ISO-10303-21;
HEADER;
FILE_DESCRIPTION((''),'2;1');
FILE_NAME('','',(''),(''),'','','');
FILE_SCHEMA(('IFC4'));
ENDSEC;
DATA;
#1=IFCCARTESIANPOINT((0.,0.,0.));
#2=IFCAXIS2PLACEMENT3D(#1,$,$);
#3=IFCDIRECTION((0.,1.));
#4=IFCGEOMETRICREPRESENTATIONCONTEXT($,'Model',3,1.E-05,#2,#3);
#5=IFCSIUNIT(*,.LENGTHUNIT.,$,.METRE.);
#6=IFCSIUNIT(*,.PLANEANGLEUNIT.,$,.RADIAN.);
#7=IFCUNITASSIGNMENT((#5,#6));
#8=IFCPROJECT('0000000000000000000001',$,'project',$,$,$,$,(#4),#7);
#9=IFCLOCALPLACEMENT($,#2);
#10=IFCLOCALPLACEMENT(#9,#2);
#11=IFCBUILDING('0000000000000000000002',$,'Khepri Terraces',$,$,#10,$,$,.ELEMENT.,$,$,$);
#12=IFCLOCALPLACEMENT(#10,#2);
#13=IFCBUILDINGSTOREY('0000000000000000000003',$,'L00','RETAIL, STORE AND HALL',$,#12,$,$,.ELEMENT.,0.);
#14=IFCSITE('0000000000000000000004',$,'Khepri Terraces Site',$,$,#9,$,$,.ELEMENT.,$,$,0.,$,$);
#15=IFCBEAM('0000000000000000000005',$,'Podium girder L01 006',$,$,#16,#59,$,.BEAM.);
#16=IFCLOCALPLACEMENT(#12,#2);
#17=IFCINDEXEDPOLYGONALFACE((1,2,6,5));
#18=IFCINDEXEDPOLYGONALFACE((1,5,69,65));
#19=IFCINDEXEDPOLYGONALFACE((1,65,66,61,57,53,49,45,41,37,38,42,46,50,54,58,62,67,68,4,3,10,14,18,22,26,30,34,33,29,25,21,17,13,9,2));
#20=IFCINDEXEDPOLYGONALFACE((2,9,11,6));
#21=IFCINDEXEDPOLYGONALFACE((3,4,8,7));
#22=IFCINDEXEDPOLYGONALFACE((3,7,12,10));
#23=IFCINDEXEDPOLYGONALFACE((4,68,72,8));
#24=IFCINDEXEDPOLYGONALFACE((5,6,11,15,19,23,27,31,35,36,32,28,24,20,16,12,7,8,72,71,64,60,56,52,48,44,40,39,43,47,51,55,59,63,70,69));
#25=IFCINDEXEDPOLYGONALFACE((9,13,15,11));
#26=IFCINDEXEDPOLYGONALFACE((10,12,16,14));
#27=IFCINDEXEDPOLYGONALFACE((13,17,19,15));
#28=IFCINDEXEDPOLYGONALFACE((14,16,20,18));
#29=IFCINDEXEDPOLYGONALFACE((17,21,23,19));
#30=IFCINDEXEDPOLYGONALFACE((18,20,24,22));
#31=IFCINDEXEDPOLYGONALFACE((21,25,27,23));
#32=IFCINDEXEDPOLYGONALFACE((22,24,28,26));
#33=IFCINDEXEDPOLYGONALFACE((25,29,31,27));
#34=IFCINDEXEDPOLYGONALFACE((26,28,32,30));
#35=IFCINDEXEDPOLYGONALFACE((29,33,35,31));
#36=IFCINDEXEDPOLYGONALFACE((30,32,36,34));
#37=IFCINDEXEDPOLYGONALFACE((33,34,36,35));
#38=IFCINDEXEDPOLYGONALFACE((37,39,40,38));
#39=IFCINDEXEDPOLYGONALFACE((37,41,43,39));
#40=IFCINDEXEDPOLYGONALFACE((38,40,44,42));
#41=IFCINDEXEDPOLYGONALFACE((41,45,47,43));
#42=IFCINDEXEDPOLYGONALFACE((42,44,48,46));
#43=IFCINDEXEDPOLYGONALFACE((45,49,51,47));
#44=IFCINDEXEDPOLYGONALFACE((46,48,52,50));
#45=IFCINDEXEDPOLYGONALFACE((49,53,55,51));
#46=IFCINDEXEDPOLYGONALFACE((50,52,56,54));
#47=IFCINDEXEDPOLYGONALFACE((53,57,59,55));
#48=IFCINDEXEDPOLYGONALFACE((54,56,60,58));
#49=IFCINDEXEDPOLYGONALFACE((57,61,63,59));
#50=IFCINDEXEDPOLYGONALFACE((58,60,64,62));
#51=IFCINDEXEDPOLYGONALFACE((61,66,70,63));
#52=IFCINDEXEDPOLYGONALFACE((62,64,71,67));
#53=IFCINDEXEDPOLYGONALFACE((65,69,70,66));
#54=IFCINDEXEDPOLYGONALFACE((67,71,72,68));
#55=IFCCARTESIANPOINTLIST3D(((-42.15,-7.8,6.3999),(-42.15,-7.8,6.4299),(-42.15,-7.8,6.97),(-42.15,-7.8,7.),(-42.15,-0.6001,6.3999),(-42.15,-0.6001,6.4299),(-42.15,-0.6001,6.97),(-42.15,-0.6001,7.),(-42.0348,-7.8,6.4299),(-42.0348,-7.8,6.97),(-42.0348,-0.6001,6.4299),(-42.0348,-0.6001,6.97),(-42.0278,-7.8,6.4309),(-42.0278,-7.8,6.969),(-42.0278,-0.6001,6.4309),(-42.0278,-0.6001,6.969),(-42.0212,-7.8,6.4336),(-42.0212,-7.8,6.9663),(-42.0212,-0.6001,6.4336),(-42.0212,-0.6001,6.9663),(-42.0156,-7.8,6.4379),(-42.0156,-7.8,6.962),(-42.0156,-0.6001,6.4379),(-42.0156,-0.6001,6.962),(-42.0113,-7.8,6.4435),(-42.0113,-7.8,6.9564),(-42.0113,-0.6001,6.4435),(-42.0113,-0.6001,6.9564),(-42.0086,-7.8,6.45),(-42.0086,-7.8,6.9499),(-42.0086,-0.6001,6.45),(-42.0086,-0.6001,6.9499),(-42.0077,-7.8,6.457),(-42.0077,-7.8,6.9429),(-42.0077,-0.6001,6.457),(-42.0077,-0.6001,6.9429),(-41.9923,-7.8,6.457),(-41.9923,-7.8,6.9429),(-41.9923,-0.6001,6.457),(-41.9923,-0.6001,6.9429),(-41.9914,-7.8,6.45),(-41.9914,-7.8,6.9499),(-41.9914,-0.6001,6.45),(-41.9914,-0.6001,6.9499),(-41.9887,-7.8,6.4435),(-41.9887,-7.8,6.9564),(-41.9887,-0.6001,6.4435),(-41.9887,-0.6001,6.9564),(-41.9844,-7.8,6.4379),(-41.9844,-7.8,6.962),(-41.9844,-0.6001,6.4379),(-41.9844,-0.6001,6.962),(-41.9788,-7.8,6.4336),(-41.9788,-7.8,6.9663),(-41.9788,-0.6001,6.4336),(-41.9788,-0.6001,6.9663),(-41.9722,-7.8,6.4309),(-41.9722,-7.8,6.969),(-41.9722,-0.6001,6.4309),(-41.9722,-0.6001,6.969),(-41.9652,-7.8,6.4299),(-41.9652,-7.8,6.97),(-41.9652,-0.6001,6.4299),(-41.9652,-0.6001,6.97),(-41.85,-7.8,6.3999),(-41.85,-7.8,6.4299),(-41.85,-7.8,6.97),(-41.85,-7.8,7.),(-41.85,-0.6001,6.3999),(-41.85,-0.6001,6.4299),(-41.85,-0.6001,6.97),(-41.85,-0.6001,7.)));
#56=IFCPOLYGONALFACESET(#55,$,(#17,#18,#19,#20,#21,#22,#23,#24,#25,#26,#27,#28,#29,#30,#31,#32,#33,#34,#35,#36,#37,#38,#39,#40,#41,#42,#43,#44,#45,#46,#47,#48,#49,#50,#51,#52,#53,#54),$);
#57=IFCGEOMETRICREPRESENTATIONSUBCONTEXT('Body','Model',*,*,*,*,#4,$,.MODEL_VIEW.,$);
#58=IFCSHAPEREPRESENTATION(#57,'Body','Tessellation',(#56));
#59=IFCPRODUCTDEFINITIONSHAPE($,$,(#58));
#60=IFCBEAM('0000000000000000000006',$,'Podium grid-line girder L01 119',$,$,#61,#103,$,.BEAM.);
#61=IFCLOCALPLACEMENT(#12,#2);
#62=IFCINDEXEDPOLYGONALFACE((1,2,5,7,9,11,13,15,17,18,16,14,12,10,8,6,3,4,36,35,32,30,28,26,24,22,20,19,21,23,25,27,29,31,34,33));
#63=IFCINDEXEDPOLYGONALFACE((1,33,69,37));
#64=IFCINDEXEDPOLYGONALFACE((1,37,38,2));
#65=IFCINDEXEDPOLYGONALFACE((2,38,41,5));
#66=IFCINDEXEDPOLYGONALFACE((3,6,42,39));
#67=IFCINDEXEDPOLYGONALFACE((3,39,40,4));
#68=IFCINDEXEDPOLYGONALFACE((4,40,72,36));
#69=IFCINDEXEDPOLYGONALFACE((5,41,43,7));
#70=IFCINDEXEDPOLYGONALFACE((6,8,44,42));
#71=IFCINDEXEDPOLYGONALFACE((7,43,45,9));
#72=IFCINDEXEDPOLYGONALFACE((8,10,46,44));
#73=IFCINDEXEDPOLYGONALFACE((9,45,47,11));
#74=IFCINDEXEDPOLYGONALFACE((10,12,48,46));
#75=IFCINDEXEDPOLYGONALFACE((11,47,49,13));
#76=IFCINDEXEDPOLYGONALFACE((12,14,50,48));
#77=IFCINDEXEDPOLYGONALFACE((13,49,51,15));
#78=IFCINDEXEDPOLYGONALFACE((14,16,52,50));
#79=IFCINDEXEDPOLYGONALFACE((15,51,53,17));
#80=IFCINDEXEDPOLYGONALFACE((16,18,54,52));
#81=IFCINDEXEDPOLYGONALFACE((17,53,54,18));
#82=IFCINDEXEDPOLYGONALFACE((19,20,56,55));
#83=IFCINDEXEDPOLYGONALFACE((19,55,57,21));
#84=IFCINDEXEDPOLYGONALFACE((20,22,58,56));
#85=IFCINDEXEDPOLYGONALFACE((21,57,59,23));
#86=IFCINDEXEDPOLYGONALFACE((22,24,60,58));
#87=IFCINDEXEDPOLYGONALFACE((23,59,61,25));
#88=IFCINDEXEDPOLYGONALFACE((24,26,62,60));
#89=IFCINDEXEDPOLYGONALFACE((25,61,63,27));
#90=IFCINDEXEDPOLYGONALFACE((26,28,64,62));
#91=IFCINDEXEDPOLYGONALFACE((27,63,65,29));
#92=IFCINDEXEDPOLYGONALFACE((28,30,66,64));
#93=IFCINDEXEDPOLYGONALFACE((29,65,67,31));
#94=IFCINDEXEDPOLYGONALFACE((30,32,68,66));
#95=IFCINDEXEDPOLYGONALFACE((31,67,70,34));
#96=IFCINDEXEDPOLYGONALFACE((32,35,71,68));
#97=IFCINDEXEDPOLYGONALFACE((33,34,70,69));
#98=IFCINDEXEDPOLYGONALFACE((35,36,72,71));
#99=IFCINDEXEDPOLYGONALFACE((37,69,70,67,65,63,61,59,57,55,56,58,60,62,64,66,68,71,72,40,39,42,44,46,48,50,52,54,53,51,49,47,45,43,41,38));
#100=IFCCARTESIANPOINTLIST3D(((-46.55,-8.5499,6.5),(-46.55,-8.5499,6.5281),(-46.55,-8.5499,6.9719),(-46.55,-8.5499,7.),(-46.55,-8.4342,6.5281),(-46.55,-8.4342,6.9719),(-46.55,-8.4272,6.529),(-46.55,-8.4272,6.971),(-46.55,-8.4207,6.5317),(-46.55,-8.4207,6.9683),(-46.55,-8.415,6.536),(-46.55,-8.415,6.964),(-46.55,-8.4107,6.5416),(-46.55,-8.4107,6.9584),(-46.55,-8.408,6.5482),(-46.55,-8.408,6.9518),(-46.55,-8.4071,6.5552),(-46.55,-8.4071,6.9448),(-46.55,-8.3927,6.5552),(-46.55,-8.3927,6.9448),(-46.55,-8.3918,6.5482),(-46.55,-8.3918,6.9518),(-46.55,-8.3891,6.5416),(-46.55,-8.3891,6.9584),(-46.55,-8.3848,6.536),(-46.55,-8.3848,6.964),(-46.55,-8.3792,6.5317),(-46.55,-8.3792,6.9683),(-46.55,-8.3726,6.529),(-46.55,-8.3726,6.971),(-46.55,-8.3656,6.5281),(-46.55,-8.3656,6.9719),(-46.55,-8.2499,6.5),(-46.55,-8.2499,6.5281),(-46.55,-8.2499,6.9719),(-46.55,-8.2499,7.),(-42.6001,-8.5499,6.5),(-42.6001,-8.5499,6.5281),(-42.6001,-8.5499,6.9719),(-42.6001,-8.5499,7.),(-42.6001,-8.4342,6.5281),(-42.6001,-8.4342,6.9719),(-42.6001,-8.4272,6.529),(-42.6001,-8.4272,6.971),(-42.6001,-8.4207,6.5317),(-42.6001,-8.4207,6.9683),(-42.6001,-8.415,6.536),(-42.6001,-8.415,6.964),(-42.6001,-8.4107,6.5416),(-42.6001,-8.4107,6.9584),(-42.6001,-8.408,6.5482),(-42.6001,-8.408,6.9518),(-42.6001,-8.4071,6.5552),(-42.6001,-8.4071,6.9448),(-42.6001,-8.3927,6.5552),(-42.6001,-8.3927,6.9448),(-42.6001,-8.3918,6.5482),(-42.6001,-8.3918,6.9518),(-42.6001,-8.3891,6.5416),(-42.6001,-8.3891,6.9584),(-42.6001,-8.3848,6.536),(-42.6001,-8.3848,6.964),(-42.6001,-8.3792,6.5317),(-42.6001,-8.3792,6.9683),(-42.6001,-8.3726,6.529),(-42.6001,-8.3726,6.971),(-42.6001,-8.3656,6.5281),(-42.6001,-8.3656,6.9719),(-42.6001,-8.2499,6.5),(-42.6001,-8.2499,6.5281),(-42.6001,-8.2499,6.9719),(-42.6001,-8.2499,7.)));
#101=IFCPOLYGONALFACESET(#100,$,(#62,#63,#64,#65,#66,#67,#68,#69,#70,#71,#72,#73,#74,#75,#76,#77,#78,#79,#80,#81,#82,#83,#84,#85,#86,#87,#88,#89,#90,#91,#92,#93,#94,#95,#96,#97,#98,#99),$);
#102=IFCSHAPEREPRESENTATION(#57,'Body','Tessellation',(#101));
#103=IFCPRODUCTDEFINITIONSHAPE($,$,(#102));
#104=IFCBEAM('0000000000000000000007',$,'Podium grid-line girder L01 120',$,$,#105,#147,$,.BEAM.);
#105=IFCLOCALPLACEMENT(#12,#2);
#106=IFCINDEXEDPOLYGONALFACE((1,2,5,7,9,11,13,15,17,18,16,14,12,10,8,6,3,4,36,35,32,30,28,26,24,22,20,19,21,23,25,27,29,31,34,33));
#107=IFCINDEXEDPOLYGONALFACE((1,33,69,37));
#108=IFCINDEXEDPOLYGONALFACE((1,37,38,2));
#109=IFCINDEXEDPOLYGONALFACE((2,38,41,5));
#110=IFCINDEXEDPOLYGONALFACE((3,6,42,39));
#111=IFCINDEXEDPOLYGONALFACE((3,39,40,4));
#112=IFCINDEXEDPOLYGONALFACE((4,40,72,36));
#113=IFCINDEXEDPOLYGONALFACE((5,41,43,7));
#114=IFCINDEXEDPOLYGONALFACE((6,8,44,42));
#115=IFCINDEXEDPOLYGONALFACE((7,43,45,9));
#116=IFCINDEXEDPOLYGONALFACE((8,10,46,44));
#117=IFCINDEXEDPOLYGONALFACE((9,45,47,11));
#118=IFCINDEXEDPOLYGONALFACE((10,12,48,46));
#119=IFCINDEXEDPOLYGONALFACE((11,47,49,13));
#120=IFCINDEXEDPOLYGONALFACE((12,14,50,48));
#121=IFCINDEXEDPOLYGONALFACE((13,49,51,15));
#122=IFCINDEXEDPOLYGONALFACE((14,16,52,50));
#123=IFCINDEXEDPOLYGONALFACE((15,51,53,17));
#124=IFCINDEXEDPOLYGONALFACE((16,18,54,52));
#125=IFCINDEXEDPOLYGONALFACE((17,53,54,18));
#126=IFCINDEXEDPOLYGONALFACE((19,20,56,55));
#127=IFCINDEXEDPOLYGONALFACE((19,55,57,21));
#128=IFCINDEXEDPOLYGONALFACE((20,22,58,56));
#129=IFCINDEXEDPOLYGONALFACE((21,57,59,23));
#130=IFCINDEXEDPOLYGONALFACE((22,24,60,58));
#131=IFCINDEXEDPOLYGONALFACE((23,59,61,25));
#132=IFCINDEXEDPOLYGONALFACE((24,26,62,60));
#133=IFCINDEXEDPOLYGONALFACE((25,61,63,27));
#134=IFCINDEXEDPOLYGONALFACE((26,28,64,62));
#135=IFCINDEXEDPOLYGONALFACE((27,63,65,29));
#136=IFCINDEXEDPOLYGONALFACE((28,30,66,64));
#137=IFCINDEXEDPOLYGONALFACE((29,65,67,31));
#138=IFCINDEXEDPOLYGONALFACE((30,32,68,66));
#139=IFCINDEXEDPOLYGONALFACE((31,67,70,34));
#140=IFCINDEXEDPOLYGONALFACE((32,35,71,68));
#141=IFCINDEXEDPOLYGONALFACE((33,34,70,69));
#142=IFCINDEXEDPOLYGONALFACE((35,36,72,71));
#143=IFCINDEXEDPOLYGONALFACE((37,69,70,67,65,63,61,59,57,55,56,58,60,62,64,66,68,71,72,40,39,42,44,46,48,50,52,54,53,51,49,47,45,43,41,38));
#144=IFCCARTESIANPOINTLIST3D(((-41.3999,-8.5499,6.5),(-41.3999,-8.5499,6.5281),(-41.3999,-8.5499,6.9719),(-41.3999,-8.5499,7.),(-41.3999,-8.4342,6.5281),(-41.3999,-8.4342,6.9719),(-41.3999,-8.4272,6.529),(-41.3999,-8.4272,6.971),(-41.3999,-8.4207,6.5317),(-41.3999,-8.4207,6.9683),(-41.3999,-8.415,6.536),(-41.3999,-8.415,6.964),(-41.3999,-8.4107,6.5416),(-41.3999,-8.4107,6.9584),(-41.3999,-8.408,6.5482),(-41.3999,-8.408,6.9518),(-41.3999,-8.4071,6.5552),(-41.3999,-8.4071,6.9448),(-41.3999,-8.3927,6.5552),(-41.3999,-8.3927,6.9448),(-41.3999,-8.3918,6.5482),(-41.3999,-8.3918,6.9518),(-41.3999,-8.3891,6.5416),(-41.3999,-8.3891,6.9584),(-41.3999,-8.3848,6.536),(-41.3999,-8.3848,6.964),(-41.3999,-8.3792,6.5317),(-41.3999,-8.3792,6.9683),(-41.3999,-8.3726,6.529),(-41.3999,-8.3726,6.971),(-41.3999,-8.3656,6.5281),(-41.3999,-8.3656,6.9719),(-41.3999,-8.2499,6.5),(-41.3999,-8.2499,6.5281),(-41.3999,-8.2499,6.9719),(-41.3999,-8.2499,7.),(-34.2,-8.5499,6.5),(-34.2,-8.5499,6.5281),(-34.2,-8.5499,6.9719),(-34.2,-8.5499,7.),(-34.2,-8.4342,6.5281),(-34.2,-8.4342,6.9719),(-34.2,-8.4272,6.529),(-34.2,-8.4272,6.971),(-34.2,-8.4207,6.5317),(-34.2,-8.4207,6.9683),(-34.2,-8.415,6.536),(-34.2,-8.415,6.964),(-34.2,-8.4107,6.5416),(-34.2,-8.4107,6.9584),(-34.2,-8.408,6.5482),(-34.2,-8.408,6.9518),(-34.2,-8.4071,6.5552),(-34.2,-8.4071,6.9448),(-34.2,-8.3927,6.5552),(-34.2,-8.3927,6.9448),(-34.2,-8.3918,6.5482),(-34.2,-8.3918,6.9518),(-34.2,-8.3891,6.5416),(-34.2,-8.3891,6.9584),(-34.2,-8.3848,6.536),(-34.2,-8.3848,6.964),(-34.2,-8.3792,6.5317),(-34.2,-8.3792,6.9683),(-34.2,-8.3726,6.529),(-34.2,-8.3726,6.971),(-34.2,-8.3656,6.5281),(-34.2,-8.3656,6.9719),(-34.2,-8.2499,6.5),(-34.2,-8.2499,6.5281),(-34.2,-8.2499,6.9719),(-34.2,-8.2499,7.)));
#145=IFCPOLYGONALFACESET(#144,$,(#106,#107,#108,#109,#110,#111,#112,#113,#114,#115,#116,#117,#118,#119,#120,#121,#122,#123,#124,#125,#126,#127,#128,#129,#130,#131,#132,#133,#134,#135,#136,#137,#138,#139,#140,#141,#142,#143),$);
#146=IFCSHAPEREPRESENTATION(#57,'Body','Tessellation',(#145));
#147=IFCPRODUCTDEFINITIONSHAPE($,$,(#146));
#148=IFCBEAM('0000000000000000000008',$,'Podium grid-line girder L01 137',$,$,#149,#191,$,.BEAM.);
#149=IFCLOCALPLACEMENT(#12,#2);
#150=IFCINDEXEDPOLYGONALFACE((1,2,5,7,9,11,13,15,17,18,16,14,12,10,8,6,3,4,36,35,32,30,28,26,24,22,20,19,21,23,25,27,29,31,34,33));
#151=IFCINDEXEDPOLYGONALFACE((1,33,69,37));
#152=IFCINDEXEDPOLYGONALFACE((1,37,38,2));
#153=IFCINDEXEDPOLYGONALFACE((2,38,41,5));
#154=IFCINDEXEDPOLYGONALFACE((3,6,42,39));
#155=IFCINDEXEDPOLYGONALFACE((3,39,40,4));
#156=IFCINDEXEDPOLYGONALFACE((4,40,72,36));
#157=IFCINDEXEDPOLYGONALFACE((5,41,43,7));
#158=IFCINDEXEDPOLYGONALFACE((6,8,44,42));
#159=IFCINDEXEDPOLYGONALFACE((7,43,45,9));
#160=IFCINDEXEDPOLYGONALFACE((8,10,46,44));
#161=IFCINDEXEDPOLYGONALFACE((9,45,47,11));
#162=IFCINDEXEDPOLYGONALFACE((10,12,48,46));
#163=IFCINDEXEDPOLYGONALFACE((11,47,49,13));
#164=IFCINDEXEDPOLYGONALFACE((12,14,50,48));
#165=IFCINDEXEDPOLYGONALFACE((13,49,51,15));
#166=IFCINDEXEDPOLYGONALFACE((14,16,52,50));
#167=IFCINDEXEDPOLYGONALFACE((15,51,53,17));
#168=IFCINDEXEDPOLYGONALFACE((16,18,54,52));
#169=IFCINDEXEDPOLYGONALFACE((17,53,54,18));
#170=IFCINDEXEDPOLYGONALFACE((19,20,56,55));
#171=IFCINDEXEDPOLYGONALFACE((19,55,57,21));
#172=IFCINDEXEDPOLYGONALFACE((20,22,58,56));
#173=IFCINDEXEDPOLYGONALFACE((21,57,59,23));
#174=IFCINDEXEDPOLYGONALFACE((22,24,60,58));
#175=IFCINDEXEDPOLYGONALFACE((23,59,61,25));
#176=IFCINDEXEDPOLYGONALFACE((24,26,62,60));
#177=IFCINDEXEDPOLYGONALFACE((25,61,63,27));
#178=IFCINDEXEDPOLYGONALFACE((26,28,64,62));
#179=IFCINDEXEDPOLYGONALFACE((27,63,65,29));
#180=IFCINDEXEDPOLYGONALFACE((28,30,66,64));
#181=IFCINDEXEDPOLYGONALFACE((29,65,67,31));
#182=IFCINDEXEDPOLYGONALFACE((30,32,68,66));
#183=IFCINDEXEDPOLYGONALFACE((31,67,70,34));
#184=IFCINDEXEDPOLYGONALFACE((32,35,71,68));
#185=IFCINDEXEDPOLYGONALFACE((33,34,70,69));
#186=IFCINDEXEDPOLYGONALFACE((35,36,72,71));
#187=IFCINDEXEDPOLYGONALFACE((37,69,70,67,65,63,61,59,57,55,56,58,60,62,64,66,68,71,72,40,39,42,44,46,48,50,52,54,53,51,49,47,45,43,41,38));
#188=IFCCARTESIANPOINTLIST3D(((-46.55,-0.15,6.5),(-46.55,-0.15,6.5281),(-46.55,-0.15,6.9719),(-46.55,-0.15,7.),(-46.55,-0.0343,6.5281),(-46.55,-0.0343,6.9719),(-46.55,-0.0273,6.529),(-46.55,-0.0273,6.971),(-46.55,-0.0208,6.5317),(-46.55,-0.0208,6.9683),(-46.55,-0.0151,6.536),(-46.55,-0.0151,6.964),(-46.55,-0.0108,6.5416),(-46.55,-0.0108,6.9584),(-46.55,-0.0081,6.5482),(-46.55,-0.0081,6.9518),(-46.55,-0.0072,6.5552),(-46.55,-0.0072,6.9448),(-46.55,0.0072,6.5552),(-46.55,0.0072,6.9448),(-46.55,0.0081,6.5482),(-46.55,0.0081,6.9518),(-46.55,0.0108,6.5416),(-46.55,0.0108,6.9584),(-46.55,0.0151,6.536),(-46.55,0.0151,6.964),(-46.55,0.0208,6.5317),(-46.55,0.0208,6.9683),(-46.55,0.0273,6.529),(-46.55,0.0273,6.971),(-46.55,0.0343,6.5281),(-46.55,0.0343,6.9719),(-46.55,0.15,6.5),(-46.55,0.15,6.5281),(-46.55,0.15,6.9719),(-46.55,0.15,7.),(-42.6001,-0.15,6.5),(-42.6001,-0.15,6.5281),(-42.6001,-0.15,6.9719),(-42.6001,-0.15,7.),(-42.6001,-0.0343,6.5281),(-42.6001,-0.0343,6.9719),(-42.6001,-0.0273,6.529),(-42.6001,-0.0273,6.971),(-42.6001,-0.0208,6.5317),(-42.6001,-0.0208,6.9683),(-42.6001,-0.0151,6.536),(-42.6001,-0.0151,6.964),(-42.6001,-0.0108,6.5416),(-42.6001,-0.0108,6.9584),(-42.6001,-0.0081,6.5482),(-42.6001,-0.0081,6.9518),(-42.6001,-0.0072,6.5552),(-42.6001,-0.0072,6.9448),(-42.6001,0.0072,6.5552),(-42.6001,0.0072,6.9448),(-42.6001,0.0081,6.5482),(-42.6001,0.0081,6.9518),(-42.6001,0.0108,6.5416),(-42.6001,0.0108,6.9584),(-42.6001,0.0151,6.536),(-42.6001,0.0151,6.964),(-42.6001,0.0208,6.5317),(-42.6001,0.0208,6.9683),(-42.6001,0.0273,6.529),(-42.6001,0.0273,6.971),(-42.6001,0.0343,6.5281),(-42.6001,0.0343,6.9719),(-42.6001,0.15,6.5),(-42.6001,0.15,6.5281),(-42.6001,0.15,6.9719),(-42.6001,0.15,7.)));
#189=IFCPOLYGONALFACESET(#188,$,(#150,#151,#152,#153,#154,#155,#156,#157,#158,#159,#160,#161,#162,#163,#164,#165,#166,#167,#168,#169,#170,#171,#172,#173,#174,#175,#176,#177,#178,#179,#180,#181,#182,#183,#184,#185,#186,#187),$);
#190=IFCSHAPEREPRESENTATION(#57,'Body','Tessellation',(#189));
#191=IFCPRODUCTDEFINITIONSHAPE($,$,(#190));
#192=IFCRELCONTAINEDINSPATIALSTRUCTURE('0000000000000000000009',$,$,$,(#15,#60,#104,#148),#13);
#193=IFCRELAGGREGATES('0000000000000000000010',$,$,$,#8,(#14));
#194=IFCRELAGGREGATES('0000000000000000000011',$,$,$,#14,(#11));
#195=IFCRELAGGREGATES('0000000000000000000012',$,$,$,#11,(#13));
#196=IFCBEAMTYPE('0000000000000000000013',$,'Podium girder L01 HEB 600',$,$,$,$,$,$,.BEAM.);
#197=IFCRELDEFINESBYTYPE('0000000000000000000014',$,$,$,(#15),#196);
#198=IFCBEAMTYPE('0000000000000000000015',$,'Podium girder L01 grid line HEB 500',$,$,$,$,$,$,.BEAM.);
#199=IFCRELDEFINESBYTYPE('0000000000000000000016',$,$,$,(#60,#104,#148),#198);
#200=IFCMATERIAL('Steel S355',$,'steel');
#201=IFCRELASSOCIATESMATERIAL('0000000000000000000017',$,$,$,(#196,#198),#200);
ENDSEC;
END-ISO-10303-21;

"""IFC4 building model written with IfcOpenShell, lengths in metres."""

from ifc_helpers import new_model, si_unit, direction, frame, origin, origin_2d, place, context, subcontext, project, spatial, i_section, extrude, material, material_profile, profile_set, type_object, element, save


model = new_model("IFC4")

# Units and contexts
model_context = context("Model", 3, precision=1e-05, world=origin(), true_north=direction((0.0, 1.0)))
body_context = subcontext(model_context, "Body", "Model", "MODEL_VIEW")
ifc_project = project(units=[si_unit("LENGTHUNIT", "METRE"), si_unit("PLANEANGLEUNIT", "RADIAN")], contexts=[model_context])

# Site, building, storey
site_placement = place(None, origin())
site = spatial("IfcSite", under=ifc_project, at=site_placement, Name="Khepri Terraces Site", CompositionType="ELEMENT", RefElevation=0.0)
building_placement = place(site_placement, origin())
building = spatial("IfcBuilding", under=site, at=building_placement, Name="Khepri Terraces", CompositionType="ELEMENT")
storey_placement = place(building_placement, origin())
storey = spatial("IfcBuildingStorey", under=building, at=storey_placement, Name="L00", Description="RETAIL, STORE AND HALL", CompositionType="ELEMENT", Elevation=0.0)

# Beams
ifc_material_1 = material(Name="Steel S355", Category="steel")
ifc_material_profile_1 = material_profile(ifc_material_1, i_section(OverallWidth=0.3, OverallDepth=0.6001, WebThickness=0.0154, FlangeThickness=0.03, FilletRadius=0.0271, at=origin_2d()), Name="Steel S355", Category="steel")
ifc_profile_set_1 = profile_set([ifc_material_profile_1], Name="Steel S355")
beam_type_1 = type_object("IfcBeamType", Name="Podium girder L01 HEB 600", PredefinedType="BEAM", material=ifc_profile_set_1)
beam_1_placement = place(storey_placement, frame((-42.0, -7.8, 6.7), z_axis=(0.0, 1.0, 0.0), x_axis=(-1.0, 0.0, 0.0)))
element("IfcBeam", 1, at=beam_1_placement, inside=storey, type_object=beam_type_1, Name="Podium girder L01 006", PredefinedType="BEAM", context=body_context, shape_type="SweptSolid", body=[
    extrude(i_section(OverallWidth=0.3, OverallDepth=0.6001, WebThickness=0.0154, FlangeThickness=0.03, FilletRadius=0.0271, at=origin_2d()), origin(), (0.0, 0.0, 1.0), 7.2),
])
ifc_material_profile_2 = material_profile(ifc_material_1, i_section(OverallWidth=0.3, OverallDepth=0.5, WebThickness=0.0144, FlangeThickness=0.0281, FilletRadius=0.0271, at=origin_2d()), Name="Steel S355", Category="steel")
ifc_profile_set_2 = profile_set([ifc_material_profile_2], Name="Steel S355")
beam_type_2 = type_object("IfcBeamType", Name="Podium girder L01 grid line HEB 500", PredefinedType="BEAM", material=ifc_profile_set_2)
beam_2_placement = place(storey_placement, frame((-46.55, -8.3999, 6.75), z_axis=(1.0, 0.0, 0.0), x_axis=(0.0, 1.0, 0.0)))
element("IfcBeam", 2, at=beam_2_placement, inside=storey, type_object=beam_type_2, Name="Podium grid-line girder L01 119", PredefinedType="BEAM", context=body_context, shape_type="SweptSolid", body=[
    extrude(i_section(OverallWidth=0.3, OverallDepth=0.5, WebThickness=0.0144, FlangeThickness=0.0281, FilletRadius=0.0271, at=origin_2d()), origin(), (0.0, 0.0, 1.0), 3.95),
])
beam_3_placement = place(storey_placement, frame((-41.3999, -8.3999, 6.75), z_axis=(1.0, 0.0, 0.0), x_axis=(0.0, 1.0, 0.0)))
element("IfcBeam", 3, at=beam_3_placement, inside=storey, type_object=beam_type_2, Name="Podium grid-line girder L01 120", PredefinedType="BEAM", context=body_context, shape_type="SweptSolid", body=[
    extrude(i_section(OverallWidth=0.3, OverallDepth=0.5, WebThickness=0.0144, FlangeThickness=0.0281, FilletRadius=0.0271, at=origin_2d()), origin(), (0.0, 0.0, 1.0), 7.2),
])
beam_4_placement = place(storey_placement, frame((-46.55, 0.0, 6.75), z_axis=(1.0, 0.0, 0.0), x_axis=(0.0, 1.0, 0.0)))
element("IfcBeam", 4, at=beam_4_placement, inside=storey, type_object=beam_type_2, Name="Podium grid-line girder L01 137", PredefinedType="BEAM", context=body_context, shape_type="SweptSolid", body=[
    extrude(i_section(OverallWidth=0.3, OverallDepth=0.5, WebThickness=0.0144, FlangeThickness=0.0281, FilletRadius=0.0271, at=origin_2d()), origin(), (0.0, 0.0, 1.0), 3.95),
])

save(model, "model.ifc")
